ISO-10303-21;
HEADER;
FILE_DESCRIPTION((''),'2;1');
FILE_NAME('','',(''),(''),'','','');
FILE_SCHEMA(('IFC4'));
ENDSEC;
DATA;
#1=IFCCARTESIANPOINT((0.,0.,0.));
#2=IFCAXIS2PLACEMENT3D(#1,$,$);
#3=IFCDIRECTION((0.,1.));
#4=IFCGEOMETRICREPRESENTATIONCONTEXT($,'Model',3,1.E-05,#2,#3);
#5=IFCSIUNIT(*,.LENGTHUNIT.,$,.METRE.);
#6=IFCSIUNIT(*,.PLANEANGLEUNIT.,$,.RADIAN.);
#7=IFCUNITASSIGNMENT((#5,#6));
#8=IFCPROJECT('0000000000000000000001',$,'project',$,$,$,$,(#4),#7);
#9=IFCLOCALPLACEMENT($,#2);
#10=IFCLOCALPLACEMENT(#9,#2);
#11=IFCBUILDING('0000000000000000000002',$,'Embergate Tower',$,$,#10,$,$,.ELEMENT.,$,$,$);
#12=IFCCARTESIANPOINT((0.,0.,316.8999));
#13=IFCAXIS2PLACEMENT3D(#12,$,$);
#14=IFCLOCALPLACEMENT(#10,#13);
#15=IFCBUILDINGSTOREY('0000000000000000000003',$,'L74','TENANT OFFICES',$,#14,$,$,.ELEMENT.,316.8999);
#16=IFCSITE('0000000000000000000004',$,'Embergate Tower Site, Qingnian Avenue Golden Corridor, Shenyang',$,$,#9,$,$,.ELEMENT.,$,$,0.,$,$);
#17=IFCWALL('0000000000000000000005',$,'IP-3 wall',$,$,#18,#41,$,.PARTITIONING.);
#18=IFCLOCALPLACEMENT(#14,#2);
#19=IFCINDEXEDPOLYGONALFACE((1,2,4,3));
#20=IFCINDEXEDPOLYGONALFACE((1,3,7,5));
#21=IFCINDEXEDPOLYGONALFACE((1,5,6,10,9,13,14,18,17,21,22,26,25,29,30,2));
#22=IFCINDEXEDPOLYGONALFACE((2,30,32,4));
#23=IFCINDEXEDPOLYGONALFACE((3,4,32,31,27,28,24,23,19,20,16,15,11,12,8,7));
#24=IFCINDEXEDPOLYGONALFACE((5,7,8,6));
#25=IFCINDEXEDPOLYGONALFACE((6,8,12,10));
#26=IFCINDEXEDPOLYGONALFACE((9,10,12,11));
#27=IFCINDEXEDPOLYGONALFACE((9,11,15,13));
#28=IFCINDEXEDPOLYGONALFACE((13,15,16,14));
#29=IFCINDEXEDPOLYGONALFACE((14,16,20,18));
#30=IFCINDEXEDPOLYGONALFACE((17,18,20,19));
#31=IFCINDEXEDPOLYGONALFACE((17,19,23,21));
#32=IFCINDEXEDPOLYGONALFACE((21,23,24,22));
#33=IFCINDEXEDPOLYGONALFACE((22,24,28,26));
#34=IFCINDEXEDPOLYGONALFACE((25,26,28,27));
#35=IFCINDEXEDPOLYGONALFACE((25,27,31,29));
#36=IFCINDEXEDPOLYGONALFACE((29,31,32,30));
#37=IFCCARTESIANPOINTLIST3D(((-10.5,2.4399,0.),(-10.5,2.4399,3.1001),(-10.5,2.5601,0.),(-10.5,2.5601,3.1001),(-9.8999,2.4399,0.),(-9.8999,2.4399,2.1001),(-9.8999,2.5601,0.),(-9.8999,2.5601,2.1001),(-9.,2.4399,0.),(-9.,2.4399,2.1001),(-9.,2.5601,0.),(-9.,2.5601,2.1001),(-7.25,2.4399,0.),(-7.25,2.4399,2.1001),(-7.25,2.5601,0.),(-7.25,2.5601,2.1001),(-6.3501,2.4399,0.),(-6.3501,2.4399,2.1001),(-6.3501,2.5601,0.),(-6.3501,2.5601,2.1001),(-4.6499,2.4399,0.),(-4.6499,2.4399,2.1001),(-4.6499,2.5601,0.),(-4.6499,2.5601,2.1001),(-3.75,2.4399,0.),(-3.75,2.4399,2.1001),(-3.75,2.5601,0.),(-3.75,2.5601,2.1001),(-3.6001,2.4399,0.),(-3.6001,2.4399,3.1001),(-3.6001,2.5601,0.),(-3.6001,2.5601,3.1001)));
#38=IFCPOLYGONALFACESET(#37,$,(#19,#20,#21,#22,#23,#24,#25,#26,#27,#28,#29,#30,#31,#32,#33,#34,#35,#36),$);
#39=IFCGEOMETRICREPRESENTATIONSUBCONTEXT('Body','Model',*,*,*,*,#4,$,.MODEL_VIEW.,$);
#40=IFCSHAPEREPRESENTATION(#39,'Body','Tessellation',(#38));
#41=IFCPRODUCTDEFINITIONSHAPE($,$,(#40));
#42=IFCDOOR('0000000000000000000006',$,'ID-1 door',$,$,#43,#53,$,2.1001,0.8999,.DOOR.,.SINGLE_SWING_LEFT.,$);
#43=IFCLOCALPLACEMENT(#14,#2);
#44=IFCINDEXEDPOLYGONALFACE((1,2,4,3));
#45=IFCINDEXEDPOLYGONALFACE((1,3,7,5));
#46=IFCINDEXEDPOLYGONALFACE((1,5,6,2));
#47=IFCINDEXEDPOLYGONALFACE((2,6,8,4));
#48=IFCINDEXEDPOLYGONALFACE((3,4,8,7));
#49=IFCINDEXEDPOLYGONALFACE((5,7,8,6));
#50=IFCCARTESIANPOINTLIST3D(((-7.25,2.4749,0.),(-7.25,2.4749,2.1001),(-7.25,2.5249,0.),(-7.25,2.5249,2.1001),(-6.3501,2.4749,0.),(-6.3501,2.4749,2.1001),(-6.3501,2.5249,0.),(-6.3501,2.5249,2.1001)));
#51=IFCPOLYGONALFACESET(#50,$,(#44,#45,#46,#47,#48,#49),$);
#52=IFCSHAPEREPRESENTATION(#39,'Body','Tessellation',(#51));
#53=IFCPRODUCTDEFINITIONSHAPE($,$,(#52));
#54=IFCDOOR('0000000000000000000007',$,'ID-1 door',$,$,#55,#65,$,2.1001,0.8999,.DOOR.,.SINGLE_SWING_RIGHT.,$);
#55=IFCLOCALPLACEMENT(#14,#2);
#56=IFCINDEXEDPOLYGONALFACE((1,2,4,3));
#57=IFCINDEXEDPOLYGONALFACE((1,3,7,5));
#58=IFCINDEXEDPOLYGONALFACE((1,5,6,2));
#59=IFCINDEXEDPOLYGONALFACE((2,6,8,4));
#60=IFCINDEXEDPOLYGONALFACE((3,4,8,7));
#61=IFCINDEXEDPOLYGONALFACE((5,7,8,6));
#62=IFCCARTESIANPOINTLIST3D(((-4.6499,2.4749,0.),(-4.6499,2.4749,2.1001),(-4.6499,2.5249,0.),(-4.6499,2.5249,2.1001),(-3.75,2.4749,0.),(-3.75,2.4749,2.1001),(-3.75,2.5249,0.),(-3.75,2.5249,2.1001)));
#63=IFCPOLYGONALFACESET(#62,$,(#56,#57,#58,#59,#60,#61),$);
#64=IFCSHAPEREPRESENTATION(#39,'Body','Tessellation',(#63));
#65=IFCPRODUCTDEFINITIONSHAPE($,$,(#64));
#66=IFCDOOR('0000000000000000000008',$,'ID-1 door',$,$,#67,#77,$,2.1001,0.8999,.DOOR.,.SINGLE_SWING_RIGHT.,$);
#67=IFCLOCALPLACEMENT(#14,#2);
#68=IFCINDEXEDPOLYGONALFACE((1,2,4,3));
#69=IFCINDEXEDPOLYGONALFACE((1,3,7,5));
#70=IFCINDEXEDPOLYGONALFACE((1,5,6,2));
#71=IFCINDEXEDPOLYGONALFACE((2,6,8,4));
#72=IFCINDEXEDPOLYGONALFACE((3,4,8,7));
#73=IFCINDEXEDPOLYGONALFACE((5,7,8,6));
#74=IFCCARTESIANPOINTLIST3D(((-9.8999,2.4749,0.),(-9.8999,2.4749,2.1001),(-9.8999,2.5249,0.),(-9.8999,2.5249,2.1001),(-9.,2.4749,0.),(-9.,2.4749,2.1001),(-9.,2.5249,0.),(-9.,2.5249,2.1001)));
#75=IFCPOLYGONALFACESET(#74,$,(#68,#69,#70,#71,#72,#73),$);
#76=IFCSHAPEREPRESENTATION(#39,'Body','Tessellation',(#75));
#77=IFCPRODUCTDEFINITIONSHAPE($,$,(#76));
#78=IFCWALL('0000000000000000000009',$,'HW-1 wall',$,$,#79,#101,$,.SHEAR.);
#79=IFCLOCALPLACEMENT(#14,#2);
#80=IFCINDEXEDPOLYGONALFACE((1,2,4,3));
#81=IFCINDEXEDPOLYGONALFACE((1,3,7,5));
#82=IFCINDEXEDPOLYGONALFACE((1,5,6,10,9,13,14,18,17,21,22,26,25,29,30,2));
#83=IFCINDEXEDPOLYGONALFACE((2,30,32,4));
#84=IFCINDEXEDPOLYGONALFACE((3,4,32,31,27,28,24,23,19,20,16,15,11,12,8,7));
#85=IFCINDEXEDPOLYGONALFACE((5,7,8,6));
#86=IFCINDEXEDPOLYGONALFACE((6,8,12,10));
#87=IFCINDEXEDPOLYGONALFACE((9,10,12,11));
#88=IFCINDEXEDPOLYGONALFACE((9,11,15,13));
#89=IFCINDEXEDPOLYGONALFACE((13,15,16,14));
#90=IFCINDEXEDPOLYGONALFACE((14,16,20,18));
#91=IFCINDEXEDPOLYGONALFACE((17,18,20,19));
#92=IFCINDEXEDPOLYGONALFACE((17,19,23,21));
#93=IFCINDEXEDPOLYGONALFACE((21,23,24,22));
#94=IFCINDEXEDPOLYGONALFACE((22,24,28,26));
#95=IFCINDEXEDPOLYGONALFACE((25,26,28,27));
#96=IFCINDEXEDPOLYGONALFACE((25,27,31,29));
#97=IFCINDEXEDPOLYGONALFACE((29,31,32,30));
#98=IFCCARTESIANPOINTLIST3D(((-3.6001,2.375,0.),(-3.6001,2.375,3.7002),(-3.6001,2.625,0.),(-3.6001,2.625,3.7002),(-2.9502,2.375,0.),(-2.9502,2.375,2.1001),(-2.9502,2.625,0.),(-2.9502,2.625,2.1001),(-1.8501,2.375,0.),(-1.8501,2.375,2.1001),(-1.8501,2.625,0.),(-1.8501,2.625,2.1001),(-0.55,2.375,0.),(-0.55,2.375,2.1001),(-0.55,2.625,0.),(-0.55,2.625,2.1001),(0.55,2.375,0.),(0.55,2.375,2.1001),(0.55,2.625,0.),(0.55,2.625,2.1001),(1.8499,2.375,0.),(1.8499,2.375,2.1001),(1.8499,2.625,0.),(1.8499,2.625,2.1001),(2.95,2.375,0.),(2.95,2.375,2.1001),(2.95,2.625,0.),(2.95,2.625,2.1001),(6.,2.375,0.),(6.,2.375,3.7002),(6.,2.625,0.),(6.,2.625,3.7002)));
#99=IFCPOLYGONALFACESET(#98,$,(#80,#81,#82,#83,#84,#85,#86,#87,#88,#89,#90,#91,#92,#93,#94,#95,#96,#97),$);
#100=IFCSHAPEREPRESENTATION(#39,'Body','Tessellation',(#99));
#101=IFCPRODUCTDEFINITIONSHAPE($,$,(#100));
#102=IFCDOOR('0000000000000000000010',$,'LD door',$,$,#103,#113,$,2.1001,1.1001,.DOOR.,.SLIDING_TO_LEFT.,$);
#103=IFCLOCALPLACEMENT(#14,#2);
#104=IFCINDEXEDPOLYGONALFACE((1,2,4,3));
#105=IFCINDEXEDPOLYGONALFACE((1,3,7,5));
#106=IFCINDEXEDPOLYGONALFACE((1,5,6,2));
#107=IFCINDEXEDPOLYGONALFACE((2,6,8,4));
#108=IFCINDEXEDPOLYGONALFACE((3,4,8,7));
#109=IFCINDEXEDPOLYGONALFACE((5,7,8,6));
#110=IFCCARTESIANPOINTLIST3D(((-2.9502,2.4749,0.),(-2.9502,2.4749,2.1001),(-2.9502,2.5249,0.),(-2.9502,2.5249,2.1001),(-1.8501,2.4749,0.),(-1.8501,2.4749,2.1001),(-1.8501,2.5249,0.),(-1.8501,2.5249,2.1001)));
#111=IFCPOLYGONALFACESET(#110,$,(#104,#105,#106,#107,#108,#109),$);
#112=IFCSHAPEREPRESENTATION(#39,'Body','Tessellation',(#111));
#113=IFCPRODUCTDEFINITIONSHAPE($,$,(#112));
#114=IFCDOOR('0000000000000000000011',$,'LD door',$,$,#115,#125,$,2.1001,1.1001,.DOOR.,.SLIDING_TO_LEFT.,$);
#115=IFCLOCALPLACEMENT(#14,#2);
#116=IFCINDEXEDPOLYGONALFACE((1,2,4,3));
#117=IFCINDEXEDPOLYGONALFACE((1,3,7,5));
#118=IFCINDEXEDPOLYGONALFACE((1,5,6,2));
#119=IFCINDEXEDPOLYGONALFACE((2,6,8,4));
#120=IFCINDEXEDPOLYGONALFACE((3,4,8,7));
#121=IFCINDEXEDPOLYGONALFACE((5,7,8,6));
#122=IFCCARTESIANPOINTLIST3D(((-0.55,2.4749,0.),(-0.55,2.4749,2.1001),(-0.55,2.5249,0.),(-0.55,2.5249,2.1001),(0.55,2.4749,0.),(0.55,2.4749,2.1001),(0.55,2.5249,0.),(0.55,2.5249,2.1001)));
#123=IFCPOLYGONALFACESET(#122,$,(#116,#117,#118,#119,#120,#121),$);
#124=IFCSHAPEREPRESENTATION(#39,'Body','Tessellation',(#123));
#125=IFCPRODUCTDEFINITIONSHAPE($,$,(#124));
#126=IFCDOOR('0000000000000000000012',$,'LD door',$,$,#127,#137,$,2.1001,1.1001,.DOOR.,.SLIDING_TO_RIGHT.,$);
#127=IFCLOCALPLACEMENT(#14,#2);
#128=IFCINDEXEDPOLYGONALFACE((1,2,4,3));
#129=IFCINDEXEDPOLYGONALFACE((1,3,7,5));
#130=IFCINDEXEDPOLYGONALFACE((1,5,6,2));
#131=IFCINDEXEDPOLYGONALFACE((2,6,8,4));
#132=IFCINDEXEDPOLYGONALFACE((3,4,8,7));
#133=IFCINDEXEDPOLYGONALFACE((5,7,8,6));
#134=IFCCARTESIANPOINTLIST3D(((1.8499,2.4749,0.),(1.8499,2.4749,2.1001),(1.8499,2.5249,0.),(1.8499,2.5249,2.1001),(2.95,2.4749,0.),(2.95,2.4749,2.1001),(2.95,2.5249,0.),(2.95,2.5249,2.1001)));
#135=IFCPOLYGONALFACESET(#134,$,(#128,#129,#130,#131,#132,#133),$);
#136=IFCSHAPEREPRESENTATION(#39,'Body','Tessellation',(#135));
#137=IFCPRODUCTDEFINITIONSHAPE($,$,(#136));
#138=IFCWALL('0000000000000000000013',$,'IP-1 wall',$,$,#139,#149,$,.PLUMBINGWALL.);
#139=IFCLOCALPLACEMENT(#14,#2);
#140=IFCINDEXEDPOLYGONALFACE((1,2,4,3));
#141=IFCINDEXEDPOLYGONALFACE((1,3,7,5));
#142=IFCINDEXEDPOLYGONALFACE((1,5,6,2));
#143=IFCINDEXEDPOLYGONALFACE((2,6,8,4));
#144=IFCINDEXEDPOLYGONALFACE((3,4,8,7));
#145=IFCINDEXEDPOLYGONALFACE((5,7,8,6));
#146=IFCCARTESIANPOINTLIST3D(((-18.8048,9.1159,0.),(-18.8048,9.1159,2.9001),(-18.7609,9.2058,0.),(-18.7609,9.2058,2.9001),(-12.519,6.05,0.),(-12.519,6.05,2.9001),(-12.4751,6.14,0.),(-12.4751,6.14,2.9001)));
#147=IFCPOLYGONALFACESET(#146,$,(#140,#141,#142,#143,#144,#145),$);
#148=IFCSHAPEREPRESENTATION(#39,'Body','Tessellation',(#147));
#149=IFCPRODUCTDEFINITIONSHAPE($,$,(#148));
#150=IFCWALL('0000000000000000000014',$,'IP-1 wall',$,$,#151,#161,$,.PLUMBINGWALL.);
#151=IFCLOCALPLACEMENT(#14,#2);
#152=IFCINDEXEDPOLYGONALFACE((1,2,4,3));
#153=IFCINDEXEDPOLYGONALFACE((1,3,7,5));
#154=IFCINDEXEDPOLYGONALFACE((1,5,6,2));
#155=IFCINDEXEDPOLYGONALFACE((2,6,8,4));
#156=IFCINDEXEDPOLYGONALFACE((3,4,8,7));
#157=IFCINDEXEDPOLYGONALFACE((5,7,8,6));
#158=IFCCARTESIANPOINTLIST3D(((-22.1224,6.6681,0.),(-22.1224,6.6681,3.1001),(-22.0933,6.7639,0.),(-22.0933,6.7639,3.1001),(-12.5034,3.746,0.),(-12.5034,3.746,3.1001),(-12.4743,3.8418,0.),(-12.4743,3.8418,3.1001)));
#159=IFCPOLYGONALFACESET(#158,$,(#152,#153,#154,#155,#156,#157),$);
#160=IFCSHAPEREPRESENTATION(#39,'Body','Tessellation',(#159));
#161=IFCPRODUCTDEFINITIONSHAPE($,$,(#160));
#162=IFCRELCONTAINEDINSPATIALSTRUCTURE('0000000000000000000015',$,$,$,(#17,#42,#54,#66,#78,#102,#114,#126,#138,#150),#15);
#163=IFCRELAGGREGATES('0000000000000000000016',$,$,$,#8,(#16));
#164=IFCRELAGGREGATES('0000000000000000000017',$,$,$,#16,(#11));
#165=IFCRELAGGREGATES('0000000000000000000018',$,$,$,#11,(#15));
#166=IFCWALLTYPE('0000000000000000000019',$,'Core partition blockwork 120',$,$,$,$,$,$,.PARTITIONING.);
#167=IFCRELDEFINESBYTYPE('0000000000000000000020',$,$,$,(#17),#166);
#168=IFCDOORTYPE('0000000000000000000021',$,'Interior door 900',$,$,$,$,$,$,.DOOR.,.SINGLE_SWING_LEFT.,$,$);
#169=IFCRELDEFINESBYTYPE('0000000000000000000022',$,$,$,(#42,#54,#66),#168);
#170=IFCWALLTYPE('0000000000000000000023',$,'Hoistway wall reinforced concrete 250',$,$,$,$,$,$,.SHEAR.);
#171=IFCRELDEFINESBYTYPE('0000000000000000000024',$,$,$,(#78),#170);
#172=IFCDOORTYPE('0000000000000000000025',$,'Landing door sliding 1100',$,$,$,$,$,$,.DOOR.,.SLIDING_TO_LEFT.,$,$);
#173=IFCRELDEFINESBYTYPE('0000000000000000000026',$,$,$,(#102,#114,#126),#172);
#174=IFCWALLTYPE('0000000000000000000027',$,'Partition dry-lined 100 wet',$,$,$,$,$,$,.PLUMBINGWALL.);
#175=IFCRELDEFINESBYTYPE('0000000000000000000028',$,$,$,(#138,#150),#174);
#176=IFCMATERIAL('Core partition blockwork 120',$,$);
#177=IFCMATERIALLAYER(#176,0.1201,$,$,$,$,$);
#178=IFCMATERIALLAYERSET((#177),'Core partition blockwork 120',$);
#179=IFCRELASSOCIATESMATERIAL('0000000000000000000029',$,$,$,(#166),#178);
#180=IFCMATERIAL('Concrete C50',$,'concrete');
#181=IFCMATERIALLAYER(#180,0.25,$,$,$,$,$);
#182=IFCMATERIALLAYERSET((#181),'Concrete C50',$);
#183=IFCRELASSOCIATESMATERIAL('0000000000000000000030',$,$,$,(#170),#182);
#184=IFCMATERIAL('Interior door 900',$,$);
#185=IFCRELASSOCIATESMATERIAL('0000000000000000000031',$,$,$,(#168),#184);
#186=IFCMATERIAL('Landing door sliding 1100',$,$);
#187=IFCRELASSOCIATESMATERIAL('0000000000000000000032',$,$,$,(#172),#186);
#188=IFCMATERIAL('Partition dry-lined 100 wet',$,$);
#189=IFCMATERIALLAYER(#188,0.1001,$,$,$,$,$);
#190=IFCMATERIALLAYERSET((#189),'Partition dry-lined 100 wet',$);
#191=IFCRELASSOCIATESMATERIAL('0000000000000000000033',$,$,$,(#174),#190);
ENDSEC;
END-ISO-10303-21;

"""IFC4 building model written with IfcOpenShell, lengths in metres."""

from ifc_helpers import new_model, si_unit, direction, frame, frame_2d, origin, place, context, subcontext, project, spatial, rectangle, extrude, source, transform, mapped, material, layer, layer_set, type_object, element, fill, save


model = new_model("IFC4")

# Units and contexts
model_context = context("Model", 3, precision=1e-05, world=origin(), true_north=direction((0.0, 1.0)))
body_context = subcontext(model_context, "Body", "Model", "MODEL_VIEW")
ifc_project = project(units=[si_unit("LENGTHUNIT", "METRE"), si_unit("PLANEANGLEUNIT", "RADIAN")], contexts=[model_context])

# Site, building, storey
site_placement = place(None, origin())
site = spatial("IfcSite", under=ifc_project, at=site_placement, Name="Embergate Tower Site, Qingnian Avenue Golden Corridor, Shenyang", CompositionType="ELEMENT", RefElevation=0.0)
building_placement = place(site_placement, origin())
building = spatial("IfcBuilding", under=site, at=building_placement, Name="Embergate Tower", CompositionType="ELEMENT")
storey_placement = place(building_placement, frame((0.0, 0.0, 316.8999)))
storey = spatial("IfcBuildingStorey", under=building, at=storey_placement, Name="L74", Description="TENANT OFFICES", CompositionType="ELEMENT", Elevation=316.8999)

# Shared definitions
ifc_material_1 = material(Name="Core partition blockwork 120")
ifc_layer_1 = layer(ifc_material_1, 0.1201)
ifc_layer_set_1 = layer_set([ifc_layer_1], Name="Core partition blockwork 120")
wall_type_1 = type_object("IfcWallType", Name="Core partition blockwork 120", PredefinedType="PARTITIONING", material=ifc_layer_set_1)
ifc_material_2 = material(Name="Concrete C50", Category="concrete")
ifc_layer_2 = layer(ifc_material_2, 0.25)
ifc_layer_set_2 = layer_set([ifc_layer_2], Name="Concrete C50")
wall_type_2 = type_object("IfcWallType", Name="Hoistway wall reinforced concrete 250", PredefinedType="SHEAR", material=ifc_layer_set_2)

# Walls, openings, doors
shared_shape_1 = source(origin(), body_context, "Body", "SweptSolid", [
    extrude(rectangle(XDim=6.8999, YDim=0.1201, at=frame_2d((3.45, 0.0))), origin(), (0.0, 0.0, 1.0), 3.1001),
])
wall_1_placement = place(storey_placement, frame((-10.5, 2.5, 0.0), z_axis=(0.0, 0.0, 1.0), x_axis=(1.0, 0.0, 0.0)))
wall_1 = element("IfcWall", 1, at=wall_1_placement, inside=storey, type_object=wall_type_1, Name="IP-3 wall", PredefinedType="PARTITIONING", context=body_context, shape_type="MappedRepresentation", body=[
    mapped(shared_shape_1, transform((0.0, 0.0, 0.0))),
])
shared_shape_2 = source(origin(), body_context, "Body", "SweptSolid", [
    extrude(rectangle(XDim=0.8999, YDim=2.1001, at=frame_2d((0.45, 1.05))), frame((0.0, 0.0701, 0.0), z_axis=(0.0, -1.0, 0.0), x_axis=(1.0, 0.0, 0.0)), (0.0, 0.0, 1.0), 0.1401),
])
opening_1_placement = place(wall_1_placement, frame((3.25, 0.0, 0.0)))
opening_1 = element("IfcOpeningElement", 2, at=opening_1_placement, cuts=wall_1, PredefinedType="OPENING", context=body_context, shape_type="MappedRepresentation", body=[
    mapped(shared_shape_2, transform((0.0, 0.0, 0.0))),
])
opening_2_placement = place(wall_1_placement, frame((5.8501, 0.0, 0.0)))
opening_2 = element("IfcOpeningElement", 3, at=opening_2_placement, cuts=wall_1, PredefinedType="OPENING", context=body_context, shape_type="MappedRepresentation", body=[
    mapped(shared_shape_2, transform((0.0, 0.0, 0.0))),
])
opening_3_placement = place(wall_1_placement, frame((0.6001, 0.0, 0.0)))
opening_3 = element("IfcOpeningElement", 4, at=opening_3_placement, cuts=wall_1, PredefinedType="OPENING", context=body_context, shape_type="MappedRepresentation", body=[
    mapped(shared_shape_2, transform((0.0, 0.0, 0.0))),
])
ifc_material_3 = material(Name="Interior door 900")
door_type_1 = type_object("IfcDoorType", Name="Interior door 900", OperationType="SINGLE_SWING_LEFT", PredefinedType="DOOR", material=ifc_material_3)
shared_shape_3 = source(origin(), body_context, "Body", "SweptSolid", [
    extrude(rectangle(XDim=0.8999, YDim=2.1001, at=frame_2d((0.45, 1.05))), frame((0.0, 0.0249, 0.0), z_axis=(0.0, -1.0, 0.0), x_axis=(1.0, 0.0, 0.0)), (0.0, 0.0, 1.0), 0.05),
])
door_1_placement = place(opening_1_placement, origin())
door_1 = element("IfcDoor", 5, at=door_1_placement, inside=storey, type_object=door_type_1, Name="ID-1 door", OperationType="SINGLE_SWING_LEFT", OverallHeight=2.1001, OverallWidth=0.8999, PredefinedType="DOOR", context=body_context, shape_type="MappedRepresentation", body=[
    mapped(shared_shape_3, transform((0.0, 0.0, 0.0))),
])
fill(opening_1, door_1)
door_2_placement = place(opening_2_placement, origin())
door_2 = element("IfcDoor", 6, at=door_2_placement, inside=storey, type_object=door_type_1, Name="ID-1 door", OperationType="SINGLE_SWING_RIGHT", OverallHeight=2.1001, OverallWidth=0.8999, PredefinedType="DOOR", context=body_context, shape_type="MappedRepresentation", body=[
    mapped(shared_shape_3, transform((0.0, 0.0, 0.0))),
])
fill(opening_2, door_2)
door_3_placement = place(opening_3_placement, origin())
door_3 = element("IfcDoor", 7, at=door_3_placement, inside=storey, type_object=door_type_1, Name="ID-1 door", OperationType="SINGLE_SWING_RIGHT", OverallHeight=2.1001, OverallWidth=0.8999, PredefinedType="DOOR", context=body_context, shape_type="MappedRepresentation", body=[
    mapped(shared_shape_3, transform((0.0, 0.0, 0.0))),
])
fill(opening_3, door_3)
shared_shape_4 = source(origin(), body_context, "Body", "SweptSolid", [
    extrude(rectangle(XDim=9.6001, YDim=0.25, at=frame_2d((4.8, 0.0))), origin(), (0.0, 0.0, 1.0), 3.7002),
])
wall_2_placement = place(storey_placement, frame((-3.6001, 2.5, 0.0), z_axis=(0.0, 0.0, 1.0), x_axis=(1.0, 0.0, 0.0)))
wall_2 = element("IfcWall", 8, at=wall_2_placement, inside=storey, type_object=wall_type_2, Name="HW-1 wall", PredefinedType="SHEAR", context=body_context, shape_type="MappedRepresentation", body=[
    mapped(shared_shape_4, transform((0.0, 0.0, 0.0))),
])
shared_shape_5 = source(origin(), body_context, "Body", "SweptSolid", [
    extrude(rectangle(XDim=1.1001, YDim=2.1001, at=frame_2d((0.55, 1.05))), frame((0.0, 0.135, 0.0), z_axis=(0.0, -1.0, 0.0), x_axis=(1.0, 0.0, 0.0)), (0.0, 0.0, 1.0), 0.27),
])
opening_4_placement = place(wall_2_placement, frame((0.6499, 0.0, 0.0)))
opening_4 = element("IfcOpeningElement", 9, at=opening_4_placement, cuts=wall_2, PredefinedType="OPENING", context=body_context, shape_type="MappedRepresentation", body=[
    mapped(shared_shape_5, transform((0.0, 0.0, 0.0))),
])
opening_5_placement = place(wall_2_placement, frame((3.05, 0.0, 0.0)))
opening_5 = element("IfcOpeningElement", 10, at=opening_5_placement, cuts=wall_2, PredefinedType="OPENING", context=body_context, shape_type="MappedRepresentation", body=[
    mapped(shared_shape_5, transform((0.0, 0.0, 0.0))),
])
opening_6_placement = place(wall_2_placement, frame((5.45, 0.0, 0.0)))
opening_6 = element("IfcOpeningElement", 11, at=opening_6_placement, cuts=wall_2, PredefinedType="OPENING", context=body_context, shape_type="MappedRepresentation", body=[
    mapped(shared_shape_5, transform((0.0, 0.0, 0.0))),
])
ifc_material_4 = material(Name="Landing door sliding 1100")
door_type_2 = type_object("IfcDoorType", Name="Landing door sliding 1100", OperationType="SLIDING_TO_LEFT", PredefinedType="DOOR", material=ifc_material_4)
shared_shape_6 = source(origin(), body_context, "Body", "SweptSolid", [
    extrude(rectangle(XDim=1.1001, YDim=2.1001, at=frame_2d((0.55, 1.05))), frame((0.0, 0.0249, 0.0), z_axis=(0.0, -1.0, 0.0), x_axis=(1.0, 0.0, 0.0)), (0.0, 0.0, 1.0), 0.05),
])
door_4_placement = place(opening_4_placement, origin())
door_4 = element("IfcDoor", 12, at=door_4_placement, inside=storey, type_object=door_type_2, Name="LD door", OperationType="SLIDING_TO_LEFT", OverallHeight=2.1001, OverallWidth=1.1001, PredefinedType="DOOR", context=body_context, shape_type="MappedRepresentation", body=[
    mapped(shared_shape_6, transform((0.0, 0.0, 0.0))),
])
fill(opening_4, door_4)
door_5_placement = place(opening_5_placement, origin())
door_5 = element("IfcDoor", 13, at=door_5_placement, inside=storey, type_object=door_type_2, Name="LD door", OperationType="SLIDING_TO_LEFT", OverallHeight=2.1001, OverallWidth=1.1001, PredefinedType="DOOR", context=body_context, shape_type="MappedRepresentation", body=[
    mapped(shared_shape_6, transform((0.0, 0.0, 0.0))),
])
fill(opening_5, door_5)
door_6_placement = place(opening_6_placement, origin())
door_6 = element("IfcDoor", 14, at=door_6_placement, inside=storey, type_object=door_type_2, Name="LD door", OperationType="SLIDING_TO_RIGHT", OverallHeight=2.1001, OverallWidth=1.1001, PredefinedType="DOOR", context=body_context, shape_type="MappedRepresentation", body=[
    mapped(shared_shape_6, transform((0.0, 0.0, 0.0))),
])
fill(opening_6, door_6)

# Walls
ifc_material_5 = material(Name="Partition dry-lined 100 wet")
ifc_layer_3 = layer(ifc_material_5, 0.1001)
ifc_layer_set_3 = layer_set([ifc_layer_3], Name="Partition dry-lined 100 wet")
wall_type_3 = type_object("IfcWallType", Name="Partition dry-lined 100 wet", PredefinedType="PLUMBINGWALL", material=ifc_layer_set_3)
shared_shape_7 = source(origin(), body_context, "Body", "SweptSolid", [
    extrude(rectangle(XDim=6.9937, YDim=0.1001, at=frame_2d((3.4968, 0.0))), origin(), (0.0, 0.0, 1.0), 2.9001),
])
wall_3_placement = place(storey_placement, frame((-12.4971, 6.095, 0.0), z_axis=(0.0, 0.0, 1.0), x_axis=(-0.898789, 0.438381, 0.0)))
element("IfcWall", 15, at=wall_3_placement, inside=storey, type_object=wall_type_3, Name="IP-1 wall", PredefinedType="PLUMBINGWALL", context=body_context, shape_type="MappedRepresentation", body=[
    mapped(shared_shape_7, transform((0.0, 0.0, 0.0))),
])
shared_shape_8 = source(origin(), body_context, "Body", "SweptSolid", [
    extrude(rectangle(XDim=10.053, YDim=0.1001, at=frame_2d((5.0264, 0.0))), origin(), (0.0, 0.0, 1.0), 3.1001),
])
wall_4_placement = place(storey_placement, frame((-12.489, 3.7939, 0.0), z_axis=(0.0, 0.0, 1.0), x_axis=(-0.956823, 0.290673, 0.0)))
element("IfcWall", 16, at=wall_4_placement, inside=storey, type_object=wall_type_3, Name="IP-1 wall", PredefinedType="PLUMBINGWALL", context=body_context, shape_type="MappedRepresentation", body=[
    mapped(shared_shape_8, transform((0.0, 0.0, 0.0))),
])

save(model, "model.ifc")
